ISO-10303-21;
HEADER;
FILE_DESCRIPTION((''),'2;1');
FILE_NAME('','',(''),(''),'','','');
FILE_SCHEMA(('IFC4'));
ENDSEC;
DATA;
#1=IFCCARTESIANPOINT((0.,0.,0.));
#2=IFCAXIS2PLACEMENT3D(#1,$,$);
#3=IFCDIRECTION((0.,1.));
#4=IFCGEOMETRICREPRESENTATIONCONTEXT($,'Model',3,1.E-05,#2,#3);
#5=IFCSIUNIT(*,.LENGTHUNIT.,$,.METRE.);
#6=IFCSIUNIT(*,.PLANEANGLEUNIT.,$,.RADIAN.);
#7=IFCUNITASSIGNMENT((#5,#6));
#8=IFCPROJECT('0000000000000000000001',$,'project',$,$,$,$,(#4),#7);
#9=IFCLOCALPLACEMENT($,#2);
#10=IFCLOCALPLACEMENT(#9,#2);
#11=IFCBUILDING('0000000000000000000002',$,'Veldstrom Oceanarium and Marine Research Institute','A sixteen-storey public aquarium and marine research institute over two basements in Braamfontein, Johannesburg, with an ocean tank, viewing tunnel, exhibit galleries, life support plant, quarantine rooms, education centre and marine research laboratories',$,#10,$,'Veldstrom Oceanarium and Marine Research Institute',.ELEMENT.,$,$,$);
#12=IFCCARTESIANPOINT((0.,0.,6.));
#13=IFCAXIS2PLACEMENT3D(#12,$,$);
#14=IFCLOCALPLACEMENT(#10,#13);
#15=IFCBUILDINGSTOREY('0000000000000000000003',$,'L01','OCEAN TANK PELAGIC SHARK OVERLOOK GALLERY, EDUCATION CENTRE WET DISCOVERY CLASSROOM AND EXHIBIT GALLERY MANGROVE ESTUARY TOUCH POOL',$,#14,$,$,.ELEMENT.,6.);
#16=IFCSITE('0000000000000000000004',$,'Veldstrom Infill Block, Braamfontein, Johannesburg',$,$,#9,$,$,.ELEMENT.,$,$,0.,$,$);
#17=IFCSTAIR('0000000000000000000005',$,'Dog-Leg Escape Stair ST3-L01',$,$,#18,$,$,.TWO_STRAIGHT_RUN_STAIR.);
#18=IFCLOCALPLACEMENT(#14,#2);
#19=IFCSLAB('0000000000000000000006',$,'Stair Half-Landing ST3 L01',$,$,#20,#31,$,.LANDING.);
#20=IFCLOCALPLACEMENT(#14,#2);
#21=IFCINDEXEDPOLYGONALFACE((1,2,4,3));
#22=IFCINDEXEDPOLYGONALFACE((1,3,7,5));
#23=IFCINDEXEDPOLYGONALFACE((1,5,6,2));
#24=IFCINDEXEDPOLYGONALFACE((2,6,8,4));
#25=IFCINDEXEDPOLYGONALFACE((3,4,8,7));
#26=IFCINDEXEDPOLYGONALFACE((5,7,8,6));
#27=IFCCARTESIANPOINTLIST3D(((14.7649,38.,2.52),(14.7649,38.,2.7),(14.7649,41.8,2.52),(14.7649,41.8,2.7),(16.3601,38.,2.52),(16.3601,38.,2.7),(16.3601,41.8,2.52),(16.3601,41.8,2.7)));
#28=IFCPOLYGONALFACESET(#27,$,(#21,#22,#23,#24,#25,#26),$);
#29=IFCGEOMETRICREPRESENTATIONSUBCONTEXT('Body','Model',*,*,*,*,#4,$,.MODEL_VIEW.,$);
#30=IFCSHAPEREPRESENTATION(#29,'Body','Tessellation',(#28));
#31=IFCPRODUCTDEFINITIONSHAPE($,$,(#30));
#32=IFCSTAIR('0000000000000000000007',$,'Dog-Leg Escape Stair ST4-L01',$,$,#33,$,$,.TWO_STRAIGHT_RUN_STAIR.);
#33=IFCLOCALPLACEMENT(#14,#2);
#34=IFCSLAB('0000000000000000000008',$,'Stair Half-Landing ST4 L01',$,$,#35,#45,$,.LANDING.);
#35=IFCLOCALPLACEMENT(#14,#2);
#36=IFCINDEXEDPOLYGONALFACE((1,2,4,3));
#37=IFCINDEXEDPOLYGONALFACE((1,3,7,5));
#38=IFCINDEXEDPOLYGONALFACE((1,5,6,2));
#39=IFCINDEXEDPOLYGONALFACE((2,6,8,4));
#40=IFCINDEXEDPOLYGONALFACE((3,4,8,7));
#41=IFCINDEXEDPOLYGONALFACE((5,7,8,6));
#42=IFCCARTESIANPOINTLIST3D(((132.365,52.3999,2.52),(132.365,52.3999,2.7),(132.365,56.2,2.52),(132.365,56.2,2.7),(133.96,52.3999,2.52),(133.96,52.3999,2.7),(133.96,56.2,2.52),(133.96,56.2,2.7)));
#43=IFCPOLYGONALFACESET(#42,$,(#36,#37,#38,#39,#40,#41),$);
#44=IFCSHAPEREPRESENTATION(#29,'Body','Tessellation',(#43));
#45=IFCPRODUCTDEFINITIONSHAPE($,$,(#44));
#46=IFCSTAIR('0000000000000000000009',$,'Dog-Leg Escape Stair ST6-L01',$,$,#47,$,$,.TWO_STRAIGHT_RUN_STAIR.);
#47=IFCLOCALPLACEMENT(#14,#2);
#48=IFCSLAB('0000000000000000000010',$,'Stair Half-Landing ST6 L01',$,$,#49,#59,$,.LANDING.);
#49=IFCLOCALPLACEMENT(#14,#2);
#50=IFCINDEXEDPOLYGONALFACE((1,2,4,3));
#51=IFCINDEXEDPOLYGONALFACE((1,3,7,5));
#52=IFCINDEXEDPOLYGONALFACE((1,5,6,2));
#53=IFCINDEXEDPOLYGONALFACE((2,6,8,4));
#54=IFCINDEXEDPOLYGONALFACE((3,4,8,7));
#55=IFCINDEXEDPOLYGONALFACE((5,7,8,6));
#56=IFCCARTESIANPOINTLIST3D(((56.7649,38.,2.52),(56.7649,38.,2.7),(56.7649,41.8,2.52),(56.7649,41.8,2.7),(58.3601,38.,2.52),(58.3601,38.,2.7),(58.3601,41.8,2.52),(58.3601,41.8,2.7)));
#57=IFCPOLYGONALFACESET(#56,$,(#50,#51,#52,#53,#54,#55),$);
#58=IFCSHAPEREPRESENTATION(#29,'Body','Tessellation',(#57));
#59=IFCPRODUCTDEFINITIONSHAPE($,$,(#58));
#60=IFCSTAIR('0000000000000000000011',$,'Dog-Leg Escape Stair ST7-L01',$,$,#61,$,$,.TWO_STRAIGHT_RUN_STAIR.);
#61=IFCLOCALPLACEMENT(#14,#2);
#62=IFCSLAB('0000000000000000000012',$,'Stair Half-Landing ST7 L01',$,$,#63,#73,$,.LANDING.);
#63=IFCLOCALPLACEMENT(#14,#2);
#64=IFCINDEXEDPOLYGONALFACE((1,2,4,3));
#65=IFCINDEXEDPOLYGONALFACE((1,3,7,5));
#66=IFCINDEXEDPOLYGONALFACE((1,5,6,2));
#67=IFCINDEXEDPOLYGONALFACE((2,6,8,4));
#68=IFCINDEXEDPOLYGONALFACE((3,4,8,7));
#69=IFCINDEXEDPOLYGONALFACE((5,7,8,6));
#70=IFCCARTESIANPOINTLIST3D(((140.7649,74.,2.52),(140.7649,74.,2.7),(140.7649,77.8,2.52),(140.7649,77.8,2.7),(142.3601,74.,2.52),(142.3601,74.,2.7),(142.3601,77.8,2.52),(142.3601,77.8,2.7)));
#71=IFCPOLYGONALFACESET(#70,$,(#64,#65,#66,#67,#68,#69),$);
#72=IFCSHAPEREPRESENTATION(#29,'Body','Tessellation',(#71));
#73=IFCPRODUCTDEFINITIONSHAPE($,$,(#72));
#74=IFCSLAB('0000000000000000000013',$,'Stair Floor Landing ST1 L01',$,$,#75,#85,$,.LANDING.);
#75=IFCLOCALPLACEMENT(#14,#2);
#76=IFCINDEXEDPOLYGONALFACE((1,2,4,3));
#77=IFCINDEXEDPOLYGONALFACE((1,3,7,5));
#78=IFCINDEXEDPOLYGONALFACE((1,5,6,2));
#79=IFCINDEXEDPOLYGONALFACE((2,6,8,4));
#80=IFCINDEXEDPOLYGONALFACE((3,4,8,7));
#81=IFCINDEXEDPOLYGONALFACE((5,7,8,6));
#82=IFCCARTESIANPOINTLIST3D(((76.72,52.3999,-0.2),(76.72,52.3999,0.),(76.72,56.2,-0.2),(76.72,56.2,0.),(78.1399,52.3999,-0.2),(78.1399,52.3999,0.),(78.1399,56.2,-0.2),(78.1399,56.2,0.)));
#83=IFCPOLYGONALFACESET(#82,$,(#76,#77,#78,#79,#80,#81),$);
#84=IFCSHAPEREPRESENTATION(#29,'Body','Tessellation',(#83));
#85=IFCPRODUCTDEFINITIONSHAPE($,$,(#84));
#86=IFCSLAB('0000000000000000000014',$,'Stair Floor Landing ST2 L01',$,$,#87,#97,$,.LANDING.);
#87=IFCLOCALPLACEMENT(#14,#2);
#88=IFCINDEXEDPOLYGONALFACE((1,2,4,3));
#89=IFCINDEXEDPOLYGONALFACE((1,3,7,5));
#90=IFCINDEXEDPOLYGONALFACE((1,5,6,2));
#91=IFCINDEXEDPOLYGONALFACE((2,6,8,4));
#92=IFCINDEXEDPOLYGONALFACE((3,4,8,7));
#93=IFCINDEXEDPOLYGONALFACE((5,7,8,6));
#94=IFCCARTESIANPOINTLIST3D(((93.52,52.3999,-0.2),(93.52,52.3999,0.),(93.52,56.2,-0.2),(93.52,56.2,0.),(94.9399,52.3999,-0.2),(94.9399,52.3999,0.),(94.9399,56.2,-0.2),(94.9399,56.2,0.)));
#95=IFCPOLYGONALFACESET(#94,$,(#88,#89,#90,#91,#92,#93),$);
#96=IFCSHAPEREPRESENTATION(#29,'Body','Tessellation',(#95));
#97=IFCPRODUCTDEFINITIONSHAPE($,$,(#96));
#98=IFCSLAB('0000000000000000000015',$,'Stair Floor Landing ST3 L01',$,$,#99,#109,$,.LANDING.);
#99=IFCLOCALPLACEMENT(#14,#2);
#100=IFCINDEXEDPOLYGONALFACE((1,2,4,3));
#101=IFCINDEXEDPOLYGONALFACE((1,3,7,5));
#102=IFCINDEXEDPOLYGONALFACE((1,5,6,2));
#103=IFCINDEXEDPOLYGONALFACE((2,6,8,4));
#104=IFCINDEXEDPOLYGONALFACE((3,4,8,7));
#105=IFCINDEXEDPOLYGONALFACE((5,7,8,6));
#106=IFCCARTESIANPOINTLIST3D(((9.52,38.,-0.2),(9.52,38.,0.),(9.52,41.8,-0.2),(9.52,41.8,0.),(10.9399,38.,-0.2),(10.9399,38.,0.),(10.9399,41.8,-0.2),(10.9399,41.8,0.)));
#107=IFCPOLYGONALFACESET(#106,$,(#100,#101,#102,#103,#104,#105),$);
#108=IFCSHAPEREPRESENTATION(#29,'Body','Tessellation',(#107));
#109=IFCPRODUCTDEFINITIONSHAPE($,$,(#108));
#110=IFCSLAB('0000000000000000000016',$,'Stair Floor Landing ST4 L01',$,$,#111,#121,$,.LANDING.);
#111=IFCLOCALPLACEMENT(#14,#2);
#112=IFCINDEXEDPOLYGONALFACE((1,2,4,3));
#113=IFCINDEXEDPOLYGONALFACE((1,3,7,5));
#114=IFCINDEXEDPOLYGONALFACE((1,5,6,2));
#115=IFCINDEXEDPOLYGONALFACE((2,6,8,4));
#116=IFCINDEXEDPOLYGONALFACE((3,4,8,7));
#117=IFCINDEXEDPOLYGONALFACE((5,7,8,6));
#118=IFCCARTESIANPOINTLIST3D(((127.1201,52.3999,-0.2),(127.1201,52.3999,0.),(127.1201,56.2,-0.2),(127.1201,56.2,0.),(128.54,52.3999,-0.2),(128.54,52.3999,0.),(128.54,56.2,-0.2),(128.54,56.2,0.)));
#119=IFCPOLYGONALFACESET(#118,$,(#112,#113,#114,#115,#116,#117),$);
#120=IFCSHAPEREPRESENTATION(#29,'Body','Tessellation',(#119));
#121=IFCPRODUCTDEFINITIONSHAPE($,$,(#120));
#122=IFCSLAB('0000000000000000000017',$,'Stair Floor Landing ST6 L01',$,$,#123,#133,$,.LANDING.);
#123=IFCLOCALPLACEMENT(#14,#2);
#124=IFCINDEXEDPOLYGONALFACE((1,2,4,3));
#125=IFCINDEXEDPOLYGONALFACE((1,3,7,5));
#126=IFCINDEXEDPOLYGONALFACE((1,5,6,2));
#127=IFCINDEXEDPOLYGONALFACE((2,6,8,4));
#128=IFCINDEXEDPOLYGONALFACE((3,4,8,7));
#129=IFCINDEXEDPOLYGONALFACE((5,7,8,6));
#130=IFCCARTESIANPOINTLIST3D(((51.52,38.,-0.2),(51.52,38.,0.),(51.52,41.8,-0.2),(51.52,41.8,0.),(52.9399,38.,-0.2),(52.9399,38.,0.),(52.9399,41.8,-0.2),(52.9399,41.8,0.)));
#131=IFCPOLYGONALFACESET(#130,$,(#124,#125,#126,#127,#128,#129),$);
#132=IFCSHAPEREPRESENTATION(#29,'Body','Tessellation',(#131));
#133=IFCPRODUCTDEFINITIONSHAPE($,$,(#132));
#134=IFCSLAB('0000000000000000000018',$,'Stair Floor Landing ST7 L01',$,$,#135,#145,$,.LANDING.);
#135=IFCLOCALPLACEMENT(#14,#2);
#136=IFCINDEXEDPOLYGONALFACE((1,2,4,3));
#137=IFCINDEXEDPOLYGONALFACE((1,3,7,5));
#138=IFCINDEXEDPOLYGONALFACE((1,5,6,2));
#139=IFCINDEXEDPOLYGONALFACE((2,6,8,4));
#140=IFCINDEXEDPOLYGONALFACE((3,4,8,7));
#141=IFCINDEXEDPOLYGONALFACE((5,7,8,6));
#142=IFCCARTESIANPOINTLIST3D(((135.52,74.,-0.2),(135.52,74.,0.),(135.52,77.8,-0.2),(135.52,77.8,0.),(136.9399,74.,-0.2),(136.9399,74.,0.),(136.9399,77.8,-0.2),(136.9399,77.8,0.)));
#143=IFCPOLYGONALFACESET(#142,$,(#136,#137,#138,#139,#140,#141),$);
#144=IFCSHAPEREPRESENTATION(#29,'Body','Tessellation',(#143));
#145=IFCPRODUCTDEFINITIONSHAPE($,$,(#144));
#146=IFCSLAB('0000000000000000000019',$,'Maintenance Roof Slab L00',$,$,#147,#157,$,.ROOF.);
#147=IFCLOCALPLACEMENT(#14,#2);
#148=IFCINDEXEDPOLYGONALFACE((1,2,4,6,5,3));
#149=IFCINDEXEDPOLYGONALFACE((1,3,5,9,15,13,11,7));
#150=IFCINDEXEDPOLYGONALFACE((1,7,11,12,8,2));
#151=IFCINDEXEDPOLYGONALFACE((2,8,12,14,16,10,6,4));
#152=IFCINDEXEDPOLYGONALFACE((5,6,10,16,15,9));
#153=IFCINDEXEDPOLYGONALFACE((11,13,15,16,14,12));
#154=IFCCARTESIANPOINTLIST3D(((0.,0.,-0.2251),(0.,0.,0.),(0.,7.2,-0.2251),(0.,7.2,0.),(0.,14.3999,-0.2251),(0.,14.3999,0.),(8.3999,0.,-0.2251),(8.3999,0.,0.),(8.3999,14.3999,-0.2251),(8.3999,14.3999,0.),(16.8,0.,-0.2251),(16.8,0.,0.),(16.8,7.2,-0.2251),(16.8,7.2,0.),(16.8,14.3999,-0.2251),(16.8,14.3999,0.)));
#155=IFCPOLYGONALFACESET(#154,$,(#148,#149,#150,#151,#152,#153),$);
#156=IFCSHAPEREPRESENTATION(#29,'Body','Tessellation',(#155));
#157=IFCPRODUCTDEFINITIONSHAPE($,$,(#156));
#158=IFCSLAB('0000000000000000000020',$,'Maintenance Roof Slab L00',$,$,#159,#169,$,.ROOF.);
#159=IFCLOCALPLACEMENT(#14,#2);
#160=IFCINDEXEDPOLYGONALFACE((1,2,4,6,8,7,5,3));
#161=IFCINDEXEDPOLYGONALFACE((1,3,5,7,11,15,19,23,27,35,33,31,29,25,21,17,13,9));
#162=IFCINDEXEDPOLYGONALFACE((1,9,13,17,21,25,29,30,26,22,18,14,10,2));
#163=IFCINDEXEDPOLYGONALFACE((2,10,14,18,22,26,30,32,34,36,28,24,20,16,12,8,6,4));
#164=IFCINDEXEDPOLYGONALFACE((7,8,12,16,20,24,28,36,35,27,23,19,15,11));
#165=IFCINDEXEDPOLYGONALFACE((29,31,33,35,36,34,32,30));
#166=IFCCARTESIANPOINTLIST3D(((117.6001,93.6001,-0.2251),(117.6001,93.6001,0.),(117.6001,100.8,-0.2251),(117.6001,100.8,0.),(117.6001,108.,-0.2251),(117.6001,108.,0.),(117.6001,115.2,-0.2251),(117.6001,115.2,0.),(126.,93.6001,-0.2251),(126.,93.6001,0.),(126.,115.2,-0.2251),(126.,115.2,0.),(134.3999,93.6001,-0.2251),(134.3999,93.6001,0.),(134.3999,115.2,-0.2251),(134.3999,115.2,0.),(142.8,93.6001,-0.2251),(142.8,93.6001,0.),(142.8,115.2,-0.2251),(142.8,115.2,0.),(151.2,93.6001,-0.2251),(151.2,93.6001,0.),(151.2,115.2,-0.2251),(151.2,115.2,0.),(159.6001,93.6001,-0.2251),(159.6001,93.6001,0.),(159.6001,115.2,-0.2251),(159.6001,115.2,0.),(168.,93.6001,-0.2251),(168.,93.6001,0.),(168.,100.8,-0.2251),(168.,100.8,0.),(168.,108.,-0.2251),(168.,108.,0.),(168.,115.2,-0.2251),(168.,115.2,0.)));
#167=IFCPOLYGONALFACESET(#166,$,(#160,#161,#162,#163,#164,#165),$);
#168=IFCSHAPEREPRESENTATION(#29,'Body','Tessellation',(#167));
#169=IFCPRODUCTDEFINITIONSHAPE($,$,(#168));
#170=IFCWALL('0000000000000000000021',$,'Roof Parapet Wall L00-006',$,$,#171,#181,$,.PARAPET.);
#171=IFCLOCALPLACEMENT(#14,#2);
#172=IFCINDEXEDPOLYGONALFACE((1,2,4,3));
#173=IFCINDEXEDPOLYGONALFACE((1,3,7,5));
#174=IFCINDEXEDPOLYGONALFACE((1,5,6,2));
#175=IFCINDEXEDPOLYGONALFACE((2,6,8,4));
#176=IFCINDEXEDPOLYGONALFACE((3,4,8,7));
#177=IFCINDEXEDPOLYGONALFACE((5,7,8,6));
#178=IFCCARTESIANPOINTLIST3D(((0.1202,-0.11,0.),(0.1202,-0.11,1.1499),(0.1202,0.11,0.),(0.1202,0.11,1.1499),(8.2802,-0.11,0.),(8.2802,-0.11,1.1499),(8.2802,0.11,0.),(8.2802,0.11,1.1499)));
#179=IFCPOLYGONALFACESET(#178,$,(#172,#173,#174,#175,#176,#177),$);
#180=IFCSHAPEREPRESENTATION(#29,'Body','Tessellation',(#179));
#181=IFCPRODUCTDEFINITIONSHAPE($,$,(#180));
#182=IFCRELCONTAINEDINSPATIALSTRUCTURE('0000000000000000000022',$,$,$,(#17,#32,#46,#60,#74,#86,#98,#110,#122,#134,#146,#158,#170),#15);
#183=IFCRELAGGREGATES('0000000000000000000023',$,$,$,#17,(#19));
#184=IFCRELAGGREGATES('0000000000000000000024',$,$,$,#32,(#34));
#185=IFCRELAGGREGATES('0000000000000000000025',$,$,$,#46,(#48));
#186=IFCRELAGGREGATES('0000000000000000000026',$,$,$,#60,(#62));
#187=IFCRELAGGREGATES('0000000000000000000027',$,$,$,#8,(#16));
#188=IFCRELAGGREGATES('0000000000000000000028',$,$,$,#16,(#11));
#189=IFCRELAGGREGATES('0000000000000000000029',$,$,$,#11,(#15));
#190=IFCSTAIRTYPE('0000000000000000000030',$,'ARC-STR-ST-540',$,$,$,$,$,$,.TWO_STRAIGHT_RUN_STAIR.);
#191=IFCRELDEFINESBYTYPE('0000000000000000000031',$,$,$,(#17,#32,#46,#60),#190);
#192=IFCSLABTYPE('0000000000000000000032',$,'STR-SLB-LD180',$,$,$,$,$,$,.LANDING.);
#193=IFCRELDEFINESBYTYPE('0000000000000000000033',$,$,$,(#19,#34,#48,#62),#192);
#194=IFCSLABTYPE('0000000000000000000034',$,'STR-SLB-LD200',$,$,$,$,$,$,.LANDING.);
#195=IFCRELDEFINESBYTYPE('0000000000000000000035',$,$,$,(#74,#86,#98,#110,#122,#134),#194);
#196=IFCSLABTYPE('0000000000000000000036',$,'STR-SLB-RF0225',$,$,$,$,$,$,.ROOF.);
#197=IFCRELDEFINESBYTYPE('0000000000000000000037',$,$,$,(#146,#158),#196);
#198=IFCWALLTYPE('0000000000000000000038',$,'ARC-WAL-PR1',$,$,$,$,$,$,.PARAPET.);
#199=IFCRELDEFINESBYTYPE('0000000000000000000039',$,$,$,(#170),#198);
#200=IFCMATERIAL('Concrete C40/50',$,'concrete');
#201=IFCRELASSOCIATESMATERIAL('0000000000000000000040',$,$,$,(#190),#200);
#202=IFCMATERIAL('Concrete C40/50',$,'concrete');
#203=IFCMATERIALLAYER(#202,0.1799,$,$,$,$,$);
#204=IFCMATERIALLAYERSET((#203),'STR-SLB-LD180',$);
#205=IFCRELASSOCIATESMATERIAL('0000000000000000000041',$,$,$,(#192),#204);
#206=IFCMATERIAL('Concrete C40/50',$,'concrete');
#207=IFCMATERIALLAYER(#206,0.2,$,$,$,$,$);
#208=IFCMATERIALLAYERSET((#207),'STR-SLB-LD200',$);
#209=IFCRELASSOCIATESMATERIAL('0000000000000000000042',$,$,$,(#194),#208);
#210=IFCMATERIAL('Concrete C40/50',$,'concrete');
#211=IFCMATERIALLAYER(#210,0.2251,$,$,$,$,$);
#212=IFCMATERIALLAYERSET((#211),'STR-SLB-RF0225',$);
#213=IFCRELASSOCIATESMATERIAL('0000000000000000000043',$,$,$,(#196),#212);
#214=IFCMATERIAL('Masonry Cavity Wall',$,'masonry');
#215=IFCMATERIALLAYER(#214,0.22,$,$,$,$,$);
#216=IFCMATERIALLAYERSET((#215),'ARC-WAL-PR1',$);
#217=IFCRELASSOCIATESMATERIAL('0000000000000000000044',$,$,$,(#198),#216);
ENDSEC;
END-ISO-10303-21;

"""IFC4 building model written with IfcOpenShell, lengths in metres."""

from ifc_helpers import new_model, si_unit, direction, frame, frame_2d, origin, place, context, subcontext, project, spatial, polyline, rectangle, outline, extrude, material, layer, layer_set, type_object, element, aggregate, save


model = new_model("IFC4")

# Units and contexts
model_context = context("Model", 3, precision=1e-05, world=origin(), true_north=direction((0.0, 1.0)))
body_context = subcontext(model_context, "Body", "Model", "MODEL_VIEW")
ifc_project = project(units=[si_unit("LENGTHUNIT", "METRE"), si_unit("PLANEANGLEUNIT", "RADIAN")], contexts=[model_context])

# Site, building, storey
site_placement = place(None, origin())
site = spatial("IfcSite", under=ifc_project, at=site_placement, Name="Veldstrom Infill Block, Braamfontein, Johannesburg", CompositionType="ELEMENT", RefElevation=0.0)
building_placement = place(site_placement, origin())
building = spatial("IfcBuilding", under=site, at=building_placement, Name="Veldstrom Oceanarium and Marine Research Institute", Description="A sixteen-storey public aquarium and marine research institute over two basements in Braamfontein, Johannesburg, with an ocean tank, viewing tunnel, exhibit galleries, life support plant, quarantine rooms, education centre and marine research laboratories", LongName="Veldstrom Oceanarium and Marine Research Institute", CompositionType="ELEMENT")
storey_placement = place(building_placement, frame((0.0, 0.0, 6.0)))
storey = spatial("IfcBuildingStorey", under=building, at=storey_placement, Name="L01", Description="OCEAN TANK PELAGIC SHARK OVERLOOK GALLERY, EDUCATION CENTRE WET DISCOVERY CLASSROOM AND EXHIBIT GALLERY MANGROVE ESTUARY TOUCH POOL", CompositionType="ELEMENT", Elevation=6.0)

# Stairs, slabs
ifc_material_1 = material(Name="Concrete C40/50", Category="concrete")
stair_type = type_object("IfcStairType", Name="ARC-STR-ST-540", PredefinedType="TWO_STRAIGHT_RUN_STAIR", material=ifc_material_1)
ifc_material_2 = material(Name="Concrete C40/50", Category="concrete")
ifc_layer_1 = layer(ifc_material_2, 0.1799)
ifc_layer_set_1 = layer_set([ifc_layer_1], Name="STR-SLB-LD180")
slab_type_1 = type_object("IfcSlabType", Name="STR-SLB-LD180", PredefinedType="LANDING", material=ifc_layer_set_1)
stair_1_placement = place(storey_placement, origin())
stair_1 = element("IfcStair", 1, at=stair_1_placement, inside=storey, type_object=stair_type, Name="Dog-Leg Escape Stair ST3-L01", PredefinedType="TWO_STRAIGHT_RUN_STAIR")
slab_1_placement = place(storey_placement, frame((0.0, 0.0, 2.52)))
slab_1 = element("IfcSlab", 2, at=slab_1_placement, type_object=slab_type_1, Name="Stair Half-Landing ST3 L01", PredefinedType="LANDING", context=body_context, shape_type="SweptSolid", body=[
    extrude(outline(polyline([(14.7649, 38.0), (16.3601, 38.0), (16.3601, 41.8), (14.7649, 41.8), (14.7649, 38.0)])), origin(), (0.0, 0.0, 1.0), 0.1799),
])
aggregate(stair_1, [slab_1])
stair_2_placement = place(storey_placement, origin())
stair_2 = element("IfcStair", 3, at=stair_2_placement, inside=storey, type_object=stair_type, Name="Dog-Leg Escape Stair ST4-L01", PredefinedType="TWO_STRAIGHT_RUN_STAIR")
slab_2_placement = place(storey_placement, frame((0.0, 0.0, 2.52)))
slab_2 = element("IfcSlab", 4, at=slab_2_placement, type_object=slab_type_1, Name="Stair Half-Landing ST4 L01", PredefinedType="LANDING", context=body_context, shape_type="SweptSolid", body=[
    extrude(outline(polyline([(132.365, 52.3999), (133.96, 52.3999), (133.96, 56.2), (132.365, 56.2), (132.365, 52.3999)])), origin(), (0.0, 0.0, 1.0), 0.1799),
])
aggregate(stair_2, [slab_2])
stair_3_placement = place(storey_placement, origin())
stair_3 = element("IfcStair", 5, at=stair_3_placement, inside=storey, type_object=stair_type, Name="Dog-Leg Escape Stair ST6-L01", PredefinedType="TWO_STRAIGHT_RUN_STAIR")
slab_3_placement = place(storey_placement, frame((0.0, 0.0, 2.52)))
slab_3 = element("IfcSlab", 6, at=slab_3_placement, type_object=slab_type_1, Name="Stair Half-Landing ST6 L01", PredefinedType="LANDING", context=body_context, shape_type="SweptSolid", body=[
    extrude(outline(polyline([(56.7649, 38.0), (58.3601, 38.0), (58.3601, 41.8), (56.7649, 41.8), (56.7649, 38.0)])), origin(), (0.0, 0.0, 1.0), 0.1799),
])
aggregate(stair_3, [slab_3])
stair_4_placement = place(storey_placement, origin())
stair_4 = element("IfcStair", 7, at=stair_4_placement, inside=storey, type_object=stair_type, Name="Dog-Leg Escape Stair ST7-L01", PredefinedType="TWO_STRAIGHT_RUN_STAIR")
slab_4_placement = place(storey_placement, frame((0.0, 0.0, 2.52)))
slab_4 = element("IfcSlab", 8, at=slab_4_placement, type_object=slab_type_1, Name="Stair Half-Landing ST7 L01", PredefinedType="LANDING", context=body_context, shape_type="SweptSolid", body=[
    extrude(outline(polyline([(140.7649, 74.0), (142.3601, 74.0), (142.3601, 77.8), (140.7649, 77.8), (140.7649, 74.0)])), origin(), (0.0, 0.0, 1.0), 0.1799),
])
aggregate(stair_4, [slab_4])

# Slabs
ifc_material_3 = material(Name="Concrete C40/50", Category="concrete")
ifc_layer_2 = layer(ifc_material_3, 0.2)
ifc_layer_set_2 = layer_set([ifc_layer_2], Name="STR-SLB-LD200")
slab_type_2 = type_object("IfcSlabType", Name="STR-SLB-LD200", PredefinedType="LANDING", material=ifc_layer_set_2)
slab_5_placement = place(storey_placement, frame((0.0, 0.0, -0.2)))
element("IfcSlab", 9, at=slab_5_placement, inside=storey, type_object=slab_type_2, Name="Stair Floor Landing ST1 L01", PredefinedType="LANDING", context=body_context, shape_type="SweptSolid", body=[
    extrude(outline(polyline([(76.72, 52.3999), (78.1399, 52.3999), (78.1399, 56.2), (76.72, 56.2), (76.72, 52.3999)])), origin(), (0.0, 0.0, 1.0), 0.2),
])
slab_6_placement = place(storey_placement, frame((0.0, 0.0, -0.2)))
element("IfcSlab", 10, at=slab_6_placement, inside=storey, type_object=slab_type_2, Name="Stair Floor Landing ST2 L01", PredefinedType="LANDING", context=body_context, shape_type="SweptSolid", body=[
    extrude(outline(polyline([(93.52, 52.3999), (94.9399, 52.3999), (94.9399, 56.2), (93.52, 56.2), (93.52, 52.3999)])), origin(), (0.0, 0.0, 1.0), 0.2),
])
slab_7_placement = place(storey_placement, frame((0.0, 0.0, -0.2)))
element("IfcSlab", 11, at=slab_7_placement, inside=storey, type_object=slab_type_2, Name="Stair Floor Landing ST3 L01", PredefinedType="LANDING", context=body_context, shape_type="SweptSolid", body=[
    extrude(outline(polyline([(9.52, 38.0), (10.9399, 38.0), (10.9399, 41.8), (9.52, 41.8), (9.52, 38.0)])), origin(), (0.0, 0.0, 1.0), 0.2),
])
slab_8_placement = place(storey_placement, frame((0.0, 0.0, -0.2)))
element("IfcSlab", 12, at=slab_8_placement, inside=storey, type_object=slab_type_2, Name="Stair Floor Landing ST4 L01", PredefinedType="LANDING", context=body_context, shape_type="SweptSolid", body=[
    extrude(outline(polyline([(127.1201, 52.3999), (128.54, 52.3999), (128.54, 56.2), (127.1201, 56.2), (127.1201, 52.3999)])), origin(), (0.0, 0.0, 1.0), 0.2),
])
slab_9_placement = place(storey_placement, frame((0.0, 0.0, -0.2)))
element("IfcSlab", 13, at=slab_9_placement, inside=storey, type_object=slab_type_2, Name="Stair Floor Landing ST6 L01", PredefinedType="LANDING", context=body_context, shape_type="SweptSolid", body=[
    extrude(outline(polyline([(51.52, 38.0), (52.9399, 38.0), (52.9399, 41.8), (51.52, 41.8), (51.52, 38.0)])), origin(), (0.0, 0.0, 1.0), 0.2),
])
slab_10_placement = place(storey_placement, frame((0.0, 0.0, -0.2)))
element("IfcSlab", 14, at=slab_10_placement, inside=storey, type_object=slab_type_2, Name="Stair Floor Landing ST7 L01", PredefinedType="LANDING", context=body_context, shape_type="SweptSolid", body=[
    extrude(outline(polyline([(135.52, 74.0), (136.9399, 74.0), (136.9399, 77.8), (135.52, 77.8), (135.52, 74.0)])), origin(), (0.0, 0.0, 1.0), 0.2),
])
ifc_material_4 = material(Name="Concrete C40/50", Category="concrete")
ifc_layer_3 = layer(ifc_material_4, 0.2251)
ifc_layer_set_3 = layer_set([ifc_layer_3], Name="STR-SLB-RF0225")
slab_type_3 = type_object("IfcSlabType", Name="STR-SLB-RF0225", PredefinedType="ROOF", material=ifc_layer_set_3)
slab_11_placement = place(storey_placement, frame((0.0, 0.0, -0.2251)))
element("IfcSlab", 15, at=slab_11_placement, inside=storey, type_object=slab_type_3, Name="Maintenance Roof Slab L00", PredefinedType="ROOF", context=body_context, shape_type="SweptSolid", body=[
    extrude(outline(polyline([(8.3999, 14.3999), (16.8, 14.3999), (16.8, 7.2), (16.8, 0.0), (8.3999, 0.0), (0.0, 0.0), (0.0, 7.2), (0.0, 14.3999), (8.3999, 14.3999)])), origin(), (0.0, 0.0, 1.0), 0.2251),
])
slab_12_placement = place(storey_placement, frame((0.0, 0.0, -0.2251)))
element("IfcSlab", 16, at=slab_12_placement, inside=storey, type_object=slab_type_3, Name="Maintenance Roof Slab L00", PredefinedType="ROOF", context=body_context, shape_type="SweptSolid", body=[
    extrude(outline(polyline([(117.6001, 100.8), (117.6001, 108.0), (117.6001, 115.2), (126.0, 115.2), (134.3999, 115.2), (142.8, 115.2), (151.2, 115.2), (159.6001, 115.2), (168.0, 115.2), (168.0, 108.0), (168.0, 100.8), (168.0, 93.6001), (159.6001, 93.6001), (151.2, 93.6001), (142.8, 93.6001), (134.3999, 93.6001), (126.0, 93.6001), (117.6001, 93.6001), (117.6001, 100.8)])), origin(), (0.0, 0.0, 1.0), 0.2251),
])

# Wall
ifc_material_5 = material(Name="Masonry Cavity Wall", Category="masonry")
ifc_layer_4 = layer(ifc_material_5, 0.22)
ifc_layer_set_4 = layer_set([ifc_layer_4], Name="ARC-WAL-PR1")
wall_type = type_object("IfcWallType", Name="ARC-WAL-PR1", PredefinedType="PARAPET", material=ifc_layer_set_4)
wall_1_placement = place(storey_placement, frame((0.1201, 0.0, 0.0), z_axis=(0.0, 0.0, 1.0), x_axis=(1.0, 0.0, 0.0)))
element("IfcWall", 17, at=wall_1_placement, inside=storey, type_object=wall_type, Name="Roof Parapet Wall L00-006", PredefinedType="PARAPET", context=body_context, shape_type="SweptSolid", body=[
    extrude(rectangle(XDim=8.1599, YDim=0.22, at=frame_2d((4.0801, 0.0))), origin(), (0.0, 0.0, 1.0), 1.1499),
])

save(model, "model.ifc")
